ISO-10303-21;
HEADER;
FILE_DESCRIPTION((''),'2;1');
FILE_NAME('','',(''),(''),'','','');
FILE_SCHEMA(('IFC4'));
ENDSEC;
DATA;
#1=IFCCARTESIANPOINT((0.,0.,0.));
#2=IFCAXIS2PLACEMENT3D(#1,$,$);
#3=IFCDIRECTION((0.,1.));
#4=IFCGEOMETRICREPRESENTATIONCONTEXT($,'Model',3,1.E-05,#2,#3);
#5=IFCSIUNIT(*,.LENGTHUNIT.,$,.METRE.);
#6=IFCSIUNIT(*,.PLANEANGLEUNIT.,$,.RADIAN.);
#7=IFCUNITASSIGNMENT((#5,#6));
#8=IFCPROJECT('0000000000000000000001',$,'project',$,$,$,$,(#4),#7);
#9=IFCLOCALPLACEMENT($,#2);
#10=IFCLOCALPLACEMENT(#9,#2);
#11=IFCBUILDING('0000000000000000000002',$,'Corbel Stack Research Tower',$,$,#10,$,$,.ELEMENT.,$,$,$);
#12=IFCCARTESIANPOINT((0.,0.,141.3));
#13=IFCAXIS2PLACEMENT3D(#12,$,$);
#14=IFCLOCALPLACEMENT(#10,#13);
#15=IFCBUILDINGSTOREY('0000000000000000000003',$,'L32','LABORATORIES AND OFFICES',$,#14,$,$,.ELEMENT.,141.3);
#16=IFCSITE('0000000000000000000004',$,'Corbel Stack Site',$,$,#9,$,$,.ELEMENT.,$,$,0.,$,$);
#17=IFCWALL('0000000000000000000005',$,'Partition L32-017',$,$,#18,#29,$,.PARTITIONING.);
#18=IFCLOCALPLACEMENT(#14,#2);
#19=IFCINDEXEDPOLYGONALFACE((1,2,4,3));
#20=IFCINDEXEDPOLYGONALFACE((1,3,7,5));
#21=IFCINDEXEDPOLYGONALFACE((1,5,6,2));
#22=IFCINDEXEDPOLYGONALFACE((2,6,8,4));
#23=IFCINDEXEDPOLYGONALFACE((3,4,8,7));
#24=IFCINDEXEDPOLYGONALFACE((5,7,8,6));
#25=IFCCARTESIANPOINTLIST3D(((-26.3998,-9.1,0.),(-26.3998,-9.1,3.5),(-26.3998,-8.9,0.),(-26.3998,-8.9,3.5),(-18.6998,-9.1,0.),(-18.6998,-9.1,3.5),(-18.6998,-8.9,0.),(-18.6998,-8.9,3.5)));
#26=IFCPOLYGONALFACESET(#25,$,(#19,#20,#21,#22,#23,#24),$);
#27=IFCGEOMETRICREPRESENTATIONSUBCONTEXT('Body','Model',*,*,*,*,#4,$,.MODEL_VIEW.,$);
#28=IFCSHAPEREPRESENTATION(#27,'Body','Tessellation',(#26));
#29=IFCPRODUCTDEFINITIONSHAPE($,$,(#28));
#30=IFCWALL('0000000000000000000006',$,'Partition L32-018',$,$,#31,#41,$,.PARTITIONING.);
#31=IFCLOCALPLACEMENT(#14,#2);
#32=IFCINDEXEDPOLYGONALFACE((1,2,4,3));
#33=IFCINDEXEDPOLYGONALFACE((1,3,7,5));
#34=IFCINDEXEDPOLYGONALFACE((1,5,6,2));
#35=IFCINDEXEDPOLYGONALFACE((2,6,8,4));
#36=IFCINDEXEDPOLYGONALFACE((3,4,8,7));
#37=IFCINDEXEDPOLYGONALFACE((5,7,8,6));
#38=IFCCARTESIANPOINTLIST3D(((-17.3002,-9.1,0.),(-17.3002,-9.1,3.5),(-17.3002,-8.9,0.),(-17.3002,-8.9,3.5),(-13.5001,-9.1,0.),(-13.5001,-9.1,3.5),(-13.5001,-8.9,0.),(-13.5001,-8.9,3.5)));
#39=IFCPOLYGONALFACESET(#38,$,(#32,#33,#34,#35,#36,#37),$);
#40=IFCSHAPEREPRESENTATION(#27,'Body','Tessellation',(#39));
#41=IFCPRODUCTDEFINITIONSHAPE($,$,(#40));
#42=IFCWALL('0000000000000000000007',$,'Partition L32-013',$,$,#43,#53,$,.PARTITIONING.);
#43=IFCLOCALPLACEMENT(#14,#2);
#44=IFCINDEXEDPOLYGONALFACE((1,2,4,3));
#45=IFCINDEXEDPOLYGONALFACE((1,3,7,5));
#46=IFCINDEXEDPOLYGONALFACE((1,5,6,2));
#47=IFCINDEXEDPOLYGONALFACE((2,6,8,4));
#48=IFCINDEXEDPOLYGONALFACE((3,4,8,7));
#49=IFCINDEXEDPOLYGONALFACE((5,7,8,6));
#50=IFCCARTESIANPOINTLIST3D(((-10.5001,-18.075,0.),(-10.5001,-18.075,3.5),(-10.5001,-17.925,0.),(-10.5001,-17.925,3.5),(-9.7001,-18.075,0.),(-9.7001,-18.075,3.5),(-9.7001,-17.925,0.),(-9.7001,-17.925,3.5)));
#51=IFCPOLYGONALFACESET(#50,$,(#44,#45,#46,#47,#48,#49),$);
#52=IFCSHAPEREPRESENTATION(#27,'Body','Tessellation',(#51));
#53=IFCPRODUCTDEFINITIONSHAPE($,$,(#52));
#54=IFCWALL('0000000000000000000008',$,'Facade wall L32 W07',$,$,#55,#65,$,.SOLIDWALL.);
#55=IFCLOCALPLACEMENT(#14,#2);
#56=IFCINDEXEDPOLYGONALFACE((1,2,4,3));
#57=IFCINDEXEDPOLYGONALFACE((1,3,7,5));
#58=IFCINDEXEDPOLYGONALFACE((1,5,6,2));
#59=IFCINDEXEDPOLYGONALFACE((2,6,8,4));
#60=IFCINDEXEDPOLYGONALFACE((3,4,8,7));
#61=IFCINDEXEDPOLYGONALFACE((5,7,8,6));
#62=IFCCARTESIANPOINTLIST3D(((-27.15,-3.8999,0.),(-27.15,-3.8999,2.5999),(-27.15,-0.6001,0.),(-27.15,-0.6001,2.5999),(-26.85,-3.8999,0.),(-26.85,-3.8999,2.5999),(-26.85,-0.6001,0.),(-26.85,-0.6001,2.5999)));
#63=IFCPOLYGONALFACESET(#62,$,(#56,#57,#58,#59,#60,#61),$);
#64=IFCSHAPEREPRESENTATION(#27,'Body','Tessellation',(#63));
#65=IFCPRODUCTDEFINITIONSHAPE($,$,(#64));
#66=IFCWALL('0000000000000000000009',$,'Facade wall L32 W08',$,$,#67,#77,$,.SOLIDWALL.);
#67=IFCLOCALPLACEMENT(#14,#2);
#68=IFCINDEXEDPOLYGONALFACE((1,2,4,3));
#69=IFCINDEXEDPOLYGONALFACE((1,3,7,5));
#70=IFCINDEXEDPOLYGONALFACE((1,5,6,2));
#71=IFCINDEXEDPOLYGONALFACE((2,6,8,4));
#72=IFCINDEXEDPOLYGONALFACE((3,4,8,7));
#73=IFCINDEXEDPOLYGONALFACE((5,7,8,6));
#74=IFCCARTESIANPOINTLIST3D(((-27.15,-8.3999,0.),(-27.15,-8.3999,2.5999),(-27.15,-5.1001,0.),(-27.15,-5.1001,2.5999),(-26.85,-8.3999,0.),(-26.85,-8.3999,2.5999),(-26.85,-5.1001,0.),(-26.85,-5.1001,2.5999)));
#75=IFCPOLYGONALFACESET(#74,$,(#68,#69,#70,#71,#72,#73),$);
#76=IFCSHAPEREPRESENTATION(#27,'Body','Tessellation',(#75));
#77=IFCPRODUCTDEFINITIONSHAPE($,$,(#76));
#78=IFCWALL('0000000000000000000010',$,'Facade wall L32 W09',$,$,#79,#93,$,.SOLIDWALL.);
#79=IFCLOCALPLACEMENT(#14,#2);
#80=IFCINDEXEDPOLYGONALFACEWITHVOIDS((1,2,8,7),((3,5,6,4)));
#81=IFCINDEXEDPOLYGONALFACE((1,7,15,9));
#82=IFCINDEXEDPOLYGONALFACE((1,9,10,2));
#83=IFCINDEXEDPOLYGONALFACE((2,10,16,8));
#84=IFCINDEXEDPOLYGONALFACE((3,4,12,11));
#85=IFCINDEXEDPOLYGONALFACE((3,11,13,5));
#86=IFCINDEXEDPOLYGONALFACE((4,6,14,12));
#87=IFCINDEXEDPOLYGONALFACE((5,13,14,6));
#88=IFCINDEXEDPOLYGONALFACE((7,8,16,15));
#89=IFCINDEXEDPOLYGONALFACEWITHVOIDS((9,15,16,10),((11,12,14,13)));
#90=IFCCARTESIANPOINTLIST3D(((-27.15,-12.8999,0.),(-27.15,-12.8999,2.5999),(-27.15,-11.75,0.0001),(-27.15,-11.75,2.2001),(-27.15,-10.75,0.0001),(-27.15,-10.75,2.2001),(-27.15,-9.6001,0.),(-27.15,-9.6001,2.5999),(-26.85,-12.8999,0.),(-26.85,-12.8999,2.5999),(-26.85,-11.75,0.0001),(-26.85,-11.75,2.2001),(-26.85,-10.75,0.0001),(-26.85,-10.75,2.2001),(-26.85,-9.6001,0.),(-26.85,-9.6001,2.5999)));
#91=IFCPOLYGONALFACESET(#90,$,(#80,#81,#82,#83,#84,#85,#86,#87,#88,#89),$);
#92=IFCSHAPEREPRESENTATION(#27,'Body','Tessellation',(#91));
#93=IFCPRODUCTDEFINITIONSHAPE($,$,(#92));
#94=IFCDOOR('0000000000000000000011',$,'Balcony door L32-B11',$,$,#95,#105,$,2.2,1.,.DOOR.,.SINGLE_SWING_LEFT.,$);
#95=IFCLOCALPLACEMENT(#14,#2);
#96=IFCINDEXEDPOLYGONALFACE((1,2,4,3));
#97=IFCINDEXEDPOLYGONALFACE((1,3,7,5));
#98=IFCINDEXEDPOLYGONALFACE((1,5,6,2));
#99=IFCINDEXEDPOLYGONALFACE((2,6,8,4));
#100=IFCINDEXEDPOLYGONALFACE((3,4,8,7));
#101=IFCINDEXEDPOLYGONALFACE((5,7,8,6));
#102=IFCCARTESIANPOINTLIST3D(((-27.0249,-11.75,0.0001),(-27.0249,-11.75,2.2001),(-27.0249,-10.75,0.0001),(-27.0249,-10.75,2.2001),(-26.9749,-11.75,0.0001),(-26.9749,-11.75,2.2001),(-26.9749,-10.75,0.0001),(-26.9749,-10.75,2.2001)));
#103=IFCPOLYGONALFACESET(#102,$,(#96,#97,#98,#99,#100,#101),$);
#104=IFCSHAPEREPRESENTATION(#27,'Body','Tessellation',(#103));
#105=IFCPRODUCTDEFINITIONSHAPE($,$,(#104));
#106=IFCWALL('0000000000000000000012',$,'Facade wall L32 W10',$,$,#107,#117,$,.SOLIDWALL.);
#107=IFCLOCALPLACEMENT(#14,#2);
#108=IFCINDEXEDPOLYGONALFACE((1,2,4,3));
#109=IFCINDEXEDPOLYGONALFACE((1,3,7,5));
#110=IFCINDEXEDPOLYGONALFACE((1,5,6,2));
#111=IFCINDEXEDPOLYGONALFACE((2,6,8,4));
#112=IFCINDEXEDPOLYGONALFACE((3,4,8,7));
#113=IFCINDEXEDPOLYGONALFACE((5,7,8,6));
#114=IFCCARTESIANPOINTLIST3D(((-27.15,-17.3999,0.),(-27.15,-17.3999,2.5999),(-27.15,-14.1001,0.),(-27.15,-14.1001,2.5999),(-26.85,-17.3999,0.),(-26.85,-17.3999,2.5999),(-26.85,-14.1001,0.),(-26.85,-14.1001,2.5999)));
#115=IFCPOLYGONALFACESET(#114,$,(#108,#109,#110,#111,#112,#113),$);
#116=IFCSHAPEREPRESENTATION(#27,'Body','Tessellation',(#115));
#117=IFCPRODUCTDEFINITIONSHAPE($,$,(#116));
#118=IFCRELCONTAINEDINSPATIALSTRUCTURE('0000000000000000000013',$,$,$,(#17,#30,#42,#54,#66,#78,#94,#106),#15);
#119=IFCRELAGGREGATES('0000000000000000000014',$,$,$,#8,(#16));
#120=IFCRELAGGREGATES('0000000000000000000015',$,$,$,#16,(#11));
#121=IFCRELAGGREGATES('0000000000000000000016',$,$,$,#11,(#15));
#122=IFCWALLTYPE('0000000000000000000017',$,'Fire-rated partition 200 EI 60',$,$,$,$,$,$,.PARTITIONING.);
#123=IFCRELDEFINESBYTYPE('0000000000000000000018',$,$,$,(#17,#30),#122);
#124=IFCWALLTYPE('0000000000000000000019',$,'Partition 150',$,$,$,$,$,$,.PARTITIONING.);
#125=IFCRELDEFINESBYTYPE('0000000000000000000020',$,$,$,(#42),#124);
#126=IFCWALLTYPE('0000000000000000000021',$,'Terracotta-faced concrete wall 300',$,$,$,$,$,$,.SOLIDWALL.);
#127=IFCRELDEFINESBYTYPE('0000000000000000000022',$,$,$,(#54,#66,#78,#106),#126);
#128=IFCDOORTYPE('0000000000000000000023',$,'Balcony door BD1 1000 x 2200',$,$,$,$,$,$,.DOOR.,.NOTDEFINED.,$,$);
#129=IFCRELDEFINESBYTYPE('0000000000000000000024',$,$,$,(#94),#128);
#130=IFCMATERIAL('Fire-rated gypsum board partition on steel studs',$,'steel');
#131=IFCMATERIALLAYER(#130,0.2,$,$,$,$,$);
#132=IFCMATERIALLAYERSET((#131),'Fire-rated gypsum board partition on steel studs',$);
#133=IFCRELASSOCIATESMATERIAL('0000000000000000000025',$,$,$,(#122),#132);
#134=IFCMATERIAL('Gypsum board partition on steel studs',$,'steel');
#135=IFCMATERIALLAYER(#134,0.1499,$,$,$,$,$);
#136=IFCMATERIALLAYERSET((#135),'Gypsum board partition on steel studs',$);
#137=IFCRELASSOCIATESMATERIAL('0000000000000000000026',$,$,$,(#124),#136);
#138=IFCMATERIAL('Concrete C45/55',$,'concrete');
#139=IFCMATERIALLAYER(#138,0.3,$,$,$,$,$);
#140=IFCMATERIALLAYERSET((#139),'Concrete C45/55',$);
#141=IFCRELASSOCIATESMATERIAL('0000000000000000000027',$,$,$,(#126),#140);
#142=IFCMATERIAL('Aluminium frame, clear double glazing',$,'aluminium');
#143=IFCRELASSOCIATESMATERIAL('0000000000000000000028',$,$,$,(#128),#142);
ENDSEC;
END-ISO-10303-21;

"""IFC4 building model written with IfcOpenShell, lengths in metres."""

from ifc_helpers import new_model, si_unit, direction, frame, frame_2d, origin, place, context, subcontext, project, spatial, rectangle, extrude, material, layer, layer_set, type_object, element, fill, save


model = new_model("IFC4")

# Units and contexts
model_context = context("Model", 3, precision=1e-05, world=origin(), true_north=direction((0.0, 1.0)))
body_context = subcontext(model_context, "Body", "Model", "MODEL_VIEW")
ifc_project = project(units=[si_unit("LENGTHUNIT", "METRE"), si_unit("PLANEANGLEUNIT", "RADIAN")], contexts=[model_context])

# Site, building, storey
site_placement = place(None, origin())
site = spatial("IfcSite", under=ifc_project, at=site_placement, Name="Corbel Stack Site", CompositionType="ELEMENT", RefElevation=0.0)
building_placement = place(site_placement, origin())
building = spatial("IfcBuilding", under=site, at=building_placement, Name="Corbel Stack Research Tower", CompositionType="ELEMENT")
storey_placement = place(building_placement, frame((0.0, 0.0, 141.3)))
storey = spatial("IfcBuildingStorey", under=building, at=storey_placement, Name="L32", Description="LABORATORIES AND OFFICES", CompositionType="ELEMENT", Elevation=141.3)

# Shared definitions
ifc_material_1 = material(Name="Fire-rated gypsum board partition on steel studs", Category="steel")
ifc_layer_1 = layer(ifc_material_1, 0.2)
ifc_layer_set_1 = layer_set([ifc_layer_1], Name="Fire-rated gypsum board partition on steel studs")
wall_type_1 = type_object("IfcWallType", Name="Fire-rated partition 200 EI 60", PredefinedType="PARTITIONING", material=ifc_layer_set_1)

# Walls
wall_1_placement = place(storey_placement, frame((-26.3999, -9.0, 0.0), z_axis=(0.0, 0.0, 1.0), x_axis=(1.0, 0.0, 0.0)))
element("IfcWall", 1, at=wall_1_placement, inside=storey, type_object=wall_type_1, Name="Partition L32-017", PredefinedType="PARTITIONING", context=body_context, shape_type="SweptSolid", body=[
    extrude(rectangle(XDim=7.7, YDim=0.2, at=frame_2d((3.8501, 0.0))), origin(), (0.0, 0.0, 1.0), 3.5),
])
wall_2_placement = place(storey_placement, frame((-17.3, -9.0, 0.0), z_axis=(0.0, 0.0, 1.0), x_axis=(1.0, 0.0, 0.0)))
element("IfcWall", 2, at=wall_2_placement, inside=storey, type_object=wall_type_1, Name="Partition L32-018", PredefinedType="PARTITIONING", context=body_context, shape_type="SweptSolid", body=[
    extrude(rectangle(XDim=3.8, YDim=0.2, at=frame_2d((1.8999, 0.0))), origin(), (0.0, 0.0, 1.0), 3.5),
])
ifc_material_2 = material(Name="Gypsum board partition on steel studs", Category="steel")
ifc_layer_2 = layer(ifc_material_2, 0.1499)
ifc_layer_set_2 = layer_set([ifc_layer_2], Name="Gypsum board partition on steel studs")
wall_type_2 = type_object("IfcWallType", Name="Partition 150", PredefinedType="PARTITIONING", material=ifc_layer_set_2)
wall_3_placement = place(storey_placement, frame((-10.5, -18.0, 0.0), z_axis=(0.0, 0.0, 1.0), x_axis=(1.0, 0.0, 0.0)))
element("IfcWall", 3, at=wall_3_placement, inside=storey, type_object=wall_type_2, Name="Partition L32-013", PredefinedType="PARTITIONING", context=body_context, shape_type="SweptSolid", body=[
    extrude(rectangle(XDim=0.8, YDim=0.1499, at=frame_2d((0.3999, 0.0))), origin(), (0.0, 0.0, 1.0), 3.5),
])
ifc_material_3 = material(Name="Concrete C45/55", Category="concrete")
ifc_layer_3 = layer(ifc_material_3, 0.3)
ifc_layer_set_3 = layer_set([ifc_layer_3], Name="Concrete C45/55")
wall_type_3 = type_object("IfcWallType", Name="Terracotta-faced concrete wall 300", PredefinedType="SOLIDWALL", material=ifc_layer_set_3)
for number, where, z_axis, x_axis, name in (
    (4, (-27.0, -3.8999, 0.0), (0.0, 0.0, 1.0), (0.0, 1.0, 0.0), "Facade wall L32 W07"),
    (5, (-27.0, -8.3999, 0.0), (0.0, 0.0, 1.0), (0.0, 1.0, 0.0), "Facade wall L32 W08"),
):
    element("IfcWall", number, at=place(storey_placement, frame(where, z_axis=z_axis, x_axis=x_axis)), inside=storey, type_object=wall_type_3, Name=name, PredefinedType="SOLIDWALL", context=body_context, shape_type="SweptSolid", body=[
        extrude(rectangle(XDim=3.2998, YDim=0.3, at=frame_2d((1.6499, 0.0))), origin(), (0.0, 0.0, 1.0), 2.5999),
    ])

# Wall, opening, door
wall_4_placement = place(storey_placement, frame((-27.0, -12.8999, 0.0), z_axis=(0.0, 0.0, 1.0), x_axis=(0.0, 1.0, 0.0)))
wall_4 = element("IfcWall", 6, at=wall_4_placement, inside=storey, type_object=wall_type_3, Name="Facade wall L32 W09", PredefinedType="SOLIDWALL", context=body_context, shape_type="SweptSolid", body=[
    extrude(rectangle(XDim=3.2998, YDim=0.3, at=frame_2d((1.6499, 0.0))), origin(), (0.0, 0.0, 1.0), 2.5999),
])
opening_1_placement = place(wall_4_placement, frame((1.1499, 0.0, 0.0)))
opening_1 = element("IfcOpeningElement", 7, at=opening_1_placement, cuts=wall_4, PredefinedType="OPENING", context=body_context, shape_type="SweptSolid", body=[
    extrude(rectangle(XDim=1.0, YDim=2.2, at=frame_2d((0.5, 1.1001))), frame((0.0, 0.1599, 0.0), z_axis=(0.0, -1.0, 0.0), x_axis=(1.0, 0.0, 0.0)), (0.0, 0.0, 1.0), 0.3201),
])
ifc_material_4 = material(Name="Aluminium frame, clear double glazing", Category="aluminium")
door_type_1 = type_object("IfcDoorType", Name="Balcony door BD1 1000 x 2200", OperationType="NOTDEFINED", PredefinedType="DOOR", material=ifc_material_4)
door_1_placement = place(opening_1_placement, origin())
door_1 = element("IfcDoor", 8, at=door_1_placement, inside=storey, type_object=door_type_1, Name="Balcony door L32-B11", OperationType="SINGLE_SWING_LEFT", OverallHeight=2.2, OverallWidth=1.0, PredefinedType="DOOR", context=body_context, shape_type="SweptSolid", body=[
    extrude(rectangle(XDim=1.0, YDim=2.2, at=frame_2d((0.5, 1.1001))), frame((0.0, 0.0249, 0.0), z_axis=(0.0, -1.0, 0.0), x_axis=(1.0, 0.0, 0.0)), (0.0, 0.0, 1.0), 0.05),
])
fill(opening_1, door_1)

# Wall
wall_5_placement = place(storey_placement, frame((-27.0, -17.3999, 0.0), z_axis=(0.0, 0.0, 1.0), x_axis=(0.0, 1.0, 0.0)))
element("IfcWall", 9, at=wall_5_placement, inside=storey, type_object=wall_type_3, Name="Facade wall L32 W10", PredefinedType="SOLIDWALL", context=body_context, shape_type="SweptSolid", body=[
    extrude(rectangle(XDim=3.2998, YDim=0.3, at=frame_2d((1.6499, 0.0))), origin(), (0.0, 0.0, 1.0), 2.5999),
])

save(model, "model.ifc")
